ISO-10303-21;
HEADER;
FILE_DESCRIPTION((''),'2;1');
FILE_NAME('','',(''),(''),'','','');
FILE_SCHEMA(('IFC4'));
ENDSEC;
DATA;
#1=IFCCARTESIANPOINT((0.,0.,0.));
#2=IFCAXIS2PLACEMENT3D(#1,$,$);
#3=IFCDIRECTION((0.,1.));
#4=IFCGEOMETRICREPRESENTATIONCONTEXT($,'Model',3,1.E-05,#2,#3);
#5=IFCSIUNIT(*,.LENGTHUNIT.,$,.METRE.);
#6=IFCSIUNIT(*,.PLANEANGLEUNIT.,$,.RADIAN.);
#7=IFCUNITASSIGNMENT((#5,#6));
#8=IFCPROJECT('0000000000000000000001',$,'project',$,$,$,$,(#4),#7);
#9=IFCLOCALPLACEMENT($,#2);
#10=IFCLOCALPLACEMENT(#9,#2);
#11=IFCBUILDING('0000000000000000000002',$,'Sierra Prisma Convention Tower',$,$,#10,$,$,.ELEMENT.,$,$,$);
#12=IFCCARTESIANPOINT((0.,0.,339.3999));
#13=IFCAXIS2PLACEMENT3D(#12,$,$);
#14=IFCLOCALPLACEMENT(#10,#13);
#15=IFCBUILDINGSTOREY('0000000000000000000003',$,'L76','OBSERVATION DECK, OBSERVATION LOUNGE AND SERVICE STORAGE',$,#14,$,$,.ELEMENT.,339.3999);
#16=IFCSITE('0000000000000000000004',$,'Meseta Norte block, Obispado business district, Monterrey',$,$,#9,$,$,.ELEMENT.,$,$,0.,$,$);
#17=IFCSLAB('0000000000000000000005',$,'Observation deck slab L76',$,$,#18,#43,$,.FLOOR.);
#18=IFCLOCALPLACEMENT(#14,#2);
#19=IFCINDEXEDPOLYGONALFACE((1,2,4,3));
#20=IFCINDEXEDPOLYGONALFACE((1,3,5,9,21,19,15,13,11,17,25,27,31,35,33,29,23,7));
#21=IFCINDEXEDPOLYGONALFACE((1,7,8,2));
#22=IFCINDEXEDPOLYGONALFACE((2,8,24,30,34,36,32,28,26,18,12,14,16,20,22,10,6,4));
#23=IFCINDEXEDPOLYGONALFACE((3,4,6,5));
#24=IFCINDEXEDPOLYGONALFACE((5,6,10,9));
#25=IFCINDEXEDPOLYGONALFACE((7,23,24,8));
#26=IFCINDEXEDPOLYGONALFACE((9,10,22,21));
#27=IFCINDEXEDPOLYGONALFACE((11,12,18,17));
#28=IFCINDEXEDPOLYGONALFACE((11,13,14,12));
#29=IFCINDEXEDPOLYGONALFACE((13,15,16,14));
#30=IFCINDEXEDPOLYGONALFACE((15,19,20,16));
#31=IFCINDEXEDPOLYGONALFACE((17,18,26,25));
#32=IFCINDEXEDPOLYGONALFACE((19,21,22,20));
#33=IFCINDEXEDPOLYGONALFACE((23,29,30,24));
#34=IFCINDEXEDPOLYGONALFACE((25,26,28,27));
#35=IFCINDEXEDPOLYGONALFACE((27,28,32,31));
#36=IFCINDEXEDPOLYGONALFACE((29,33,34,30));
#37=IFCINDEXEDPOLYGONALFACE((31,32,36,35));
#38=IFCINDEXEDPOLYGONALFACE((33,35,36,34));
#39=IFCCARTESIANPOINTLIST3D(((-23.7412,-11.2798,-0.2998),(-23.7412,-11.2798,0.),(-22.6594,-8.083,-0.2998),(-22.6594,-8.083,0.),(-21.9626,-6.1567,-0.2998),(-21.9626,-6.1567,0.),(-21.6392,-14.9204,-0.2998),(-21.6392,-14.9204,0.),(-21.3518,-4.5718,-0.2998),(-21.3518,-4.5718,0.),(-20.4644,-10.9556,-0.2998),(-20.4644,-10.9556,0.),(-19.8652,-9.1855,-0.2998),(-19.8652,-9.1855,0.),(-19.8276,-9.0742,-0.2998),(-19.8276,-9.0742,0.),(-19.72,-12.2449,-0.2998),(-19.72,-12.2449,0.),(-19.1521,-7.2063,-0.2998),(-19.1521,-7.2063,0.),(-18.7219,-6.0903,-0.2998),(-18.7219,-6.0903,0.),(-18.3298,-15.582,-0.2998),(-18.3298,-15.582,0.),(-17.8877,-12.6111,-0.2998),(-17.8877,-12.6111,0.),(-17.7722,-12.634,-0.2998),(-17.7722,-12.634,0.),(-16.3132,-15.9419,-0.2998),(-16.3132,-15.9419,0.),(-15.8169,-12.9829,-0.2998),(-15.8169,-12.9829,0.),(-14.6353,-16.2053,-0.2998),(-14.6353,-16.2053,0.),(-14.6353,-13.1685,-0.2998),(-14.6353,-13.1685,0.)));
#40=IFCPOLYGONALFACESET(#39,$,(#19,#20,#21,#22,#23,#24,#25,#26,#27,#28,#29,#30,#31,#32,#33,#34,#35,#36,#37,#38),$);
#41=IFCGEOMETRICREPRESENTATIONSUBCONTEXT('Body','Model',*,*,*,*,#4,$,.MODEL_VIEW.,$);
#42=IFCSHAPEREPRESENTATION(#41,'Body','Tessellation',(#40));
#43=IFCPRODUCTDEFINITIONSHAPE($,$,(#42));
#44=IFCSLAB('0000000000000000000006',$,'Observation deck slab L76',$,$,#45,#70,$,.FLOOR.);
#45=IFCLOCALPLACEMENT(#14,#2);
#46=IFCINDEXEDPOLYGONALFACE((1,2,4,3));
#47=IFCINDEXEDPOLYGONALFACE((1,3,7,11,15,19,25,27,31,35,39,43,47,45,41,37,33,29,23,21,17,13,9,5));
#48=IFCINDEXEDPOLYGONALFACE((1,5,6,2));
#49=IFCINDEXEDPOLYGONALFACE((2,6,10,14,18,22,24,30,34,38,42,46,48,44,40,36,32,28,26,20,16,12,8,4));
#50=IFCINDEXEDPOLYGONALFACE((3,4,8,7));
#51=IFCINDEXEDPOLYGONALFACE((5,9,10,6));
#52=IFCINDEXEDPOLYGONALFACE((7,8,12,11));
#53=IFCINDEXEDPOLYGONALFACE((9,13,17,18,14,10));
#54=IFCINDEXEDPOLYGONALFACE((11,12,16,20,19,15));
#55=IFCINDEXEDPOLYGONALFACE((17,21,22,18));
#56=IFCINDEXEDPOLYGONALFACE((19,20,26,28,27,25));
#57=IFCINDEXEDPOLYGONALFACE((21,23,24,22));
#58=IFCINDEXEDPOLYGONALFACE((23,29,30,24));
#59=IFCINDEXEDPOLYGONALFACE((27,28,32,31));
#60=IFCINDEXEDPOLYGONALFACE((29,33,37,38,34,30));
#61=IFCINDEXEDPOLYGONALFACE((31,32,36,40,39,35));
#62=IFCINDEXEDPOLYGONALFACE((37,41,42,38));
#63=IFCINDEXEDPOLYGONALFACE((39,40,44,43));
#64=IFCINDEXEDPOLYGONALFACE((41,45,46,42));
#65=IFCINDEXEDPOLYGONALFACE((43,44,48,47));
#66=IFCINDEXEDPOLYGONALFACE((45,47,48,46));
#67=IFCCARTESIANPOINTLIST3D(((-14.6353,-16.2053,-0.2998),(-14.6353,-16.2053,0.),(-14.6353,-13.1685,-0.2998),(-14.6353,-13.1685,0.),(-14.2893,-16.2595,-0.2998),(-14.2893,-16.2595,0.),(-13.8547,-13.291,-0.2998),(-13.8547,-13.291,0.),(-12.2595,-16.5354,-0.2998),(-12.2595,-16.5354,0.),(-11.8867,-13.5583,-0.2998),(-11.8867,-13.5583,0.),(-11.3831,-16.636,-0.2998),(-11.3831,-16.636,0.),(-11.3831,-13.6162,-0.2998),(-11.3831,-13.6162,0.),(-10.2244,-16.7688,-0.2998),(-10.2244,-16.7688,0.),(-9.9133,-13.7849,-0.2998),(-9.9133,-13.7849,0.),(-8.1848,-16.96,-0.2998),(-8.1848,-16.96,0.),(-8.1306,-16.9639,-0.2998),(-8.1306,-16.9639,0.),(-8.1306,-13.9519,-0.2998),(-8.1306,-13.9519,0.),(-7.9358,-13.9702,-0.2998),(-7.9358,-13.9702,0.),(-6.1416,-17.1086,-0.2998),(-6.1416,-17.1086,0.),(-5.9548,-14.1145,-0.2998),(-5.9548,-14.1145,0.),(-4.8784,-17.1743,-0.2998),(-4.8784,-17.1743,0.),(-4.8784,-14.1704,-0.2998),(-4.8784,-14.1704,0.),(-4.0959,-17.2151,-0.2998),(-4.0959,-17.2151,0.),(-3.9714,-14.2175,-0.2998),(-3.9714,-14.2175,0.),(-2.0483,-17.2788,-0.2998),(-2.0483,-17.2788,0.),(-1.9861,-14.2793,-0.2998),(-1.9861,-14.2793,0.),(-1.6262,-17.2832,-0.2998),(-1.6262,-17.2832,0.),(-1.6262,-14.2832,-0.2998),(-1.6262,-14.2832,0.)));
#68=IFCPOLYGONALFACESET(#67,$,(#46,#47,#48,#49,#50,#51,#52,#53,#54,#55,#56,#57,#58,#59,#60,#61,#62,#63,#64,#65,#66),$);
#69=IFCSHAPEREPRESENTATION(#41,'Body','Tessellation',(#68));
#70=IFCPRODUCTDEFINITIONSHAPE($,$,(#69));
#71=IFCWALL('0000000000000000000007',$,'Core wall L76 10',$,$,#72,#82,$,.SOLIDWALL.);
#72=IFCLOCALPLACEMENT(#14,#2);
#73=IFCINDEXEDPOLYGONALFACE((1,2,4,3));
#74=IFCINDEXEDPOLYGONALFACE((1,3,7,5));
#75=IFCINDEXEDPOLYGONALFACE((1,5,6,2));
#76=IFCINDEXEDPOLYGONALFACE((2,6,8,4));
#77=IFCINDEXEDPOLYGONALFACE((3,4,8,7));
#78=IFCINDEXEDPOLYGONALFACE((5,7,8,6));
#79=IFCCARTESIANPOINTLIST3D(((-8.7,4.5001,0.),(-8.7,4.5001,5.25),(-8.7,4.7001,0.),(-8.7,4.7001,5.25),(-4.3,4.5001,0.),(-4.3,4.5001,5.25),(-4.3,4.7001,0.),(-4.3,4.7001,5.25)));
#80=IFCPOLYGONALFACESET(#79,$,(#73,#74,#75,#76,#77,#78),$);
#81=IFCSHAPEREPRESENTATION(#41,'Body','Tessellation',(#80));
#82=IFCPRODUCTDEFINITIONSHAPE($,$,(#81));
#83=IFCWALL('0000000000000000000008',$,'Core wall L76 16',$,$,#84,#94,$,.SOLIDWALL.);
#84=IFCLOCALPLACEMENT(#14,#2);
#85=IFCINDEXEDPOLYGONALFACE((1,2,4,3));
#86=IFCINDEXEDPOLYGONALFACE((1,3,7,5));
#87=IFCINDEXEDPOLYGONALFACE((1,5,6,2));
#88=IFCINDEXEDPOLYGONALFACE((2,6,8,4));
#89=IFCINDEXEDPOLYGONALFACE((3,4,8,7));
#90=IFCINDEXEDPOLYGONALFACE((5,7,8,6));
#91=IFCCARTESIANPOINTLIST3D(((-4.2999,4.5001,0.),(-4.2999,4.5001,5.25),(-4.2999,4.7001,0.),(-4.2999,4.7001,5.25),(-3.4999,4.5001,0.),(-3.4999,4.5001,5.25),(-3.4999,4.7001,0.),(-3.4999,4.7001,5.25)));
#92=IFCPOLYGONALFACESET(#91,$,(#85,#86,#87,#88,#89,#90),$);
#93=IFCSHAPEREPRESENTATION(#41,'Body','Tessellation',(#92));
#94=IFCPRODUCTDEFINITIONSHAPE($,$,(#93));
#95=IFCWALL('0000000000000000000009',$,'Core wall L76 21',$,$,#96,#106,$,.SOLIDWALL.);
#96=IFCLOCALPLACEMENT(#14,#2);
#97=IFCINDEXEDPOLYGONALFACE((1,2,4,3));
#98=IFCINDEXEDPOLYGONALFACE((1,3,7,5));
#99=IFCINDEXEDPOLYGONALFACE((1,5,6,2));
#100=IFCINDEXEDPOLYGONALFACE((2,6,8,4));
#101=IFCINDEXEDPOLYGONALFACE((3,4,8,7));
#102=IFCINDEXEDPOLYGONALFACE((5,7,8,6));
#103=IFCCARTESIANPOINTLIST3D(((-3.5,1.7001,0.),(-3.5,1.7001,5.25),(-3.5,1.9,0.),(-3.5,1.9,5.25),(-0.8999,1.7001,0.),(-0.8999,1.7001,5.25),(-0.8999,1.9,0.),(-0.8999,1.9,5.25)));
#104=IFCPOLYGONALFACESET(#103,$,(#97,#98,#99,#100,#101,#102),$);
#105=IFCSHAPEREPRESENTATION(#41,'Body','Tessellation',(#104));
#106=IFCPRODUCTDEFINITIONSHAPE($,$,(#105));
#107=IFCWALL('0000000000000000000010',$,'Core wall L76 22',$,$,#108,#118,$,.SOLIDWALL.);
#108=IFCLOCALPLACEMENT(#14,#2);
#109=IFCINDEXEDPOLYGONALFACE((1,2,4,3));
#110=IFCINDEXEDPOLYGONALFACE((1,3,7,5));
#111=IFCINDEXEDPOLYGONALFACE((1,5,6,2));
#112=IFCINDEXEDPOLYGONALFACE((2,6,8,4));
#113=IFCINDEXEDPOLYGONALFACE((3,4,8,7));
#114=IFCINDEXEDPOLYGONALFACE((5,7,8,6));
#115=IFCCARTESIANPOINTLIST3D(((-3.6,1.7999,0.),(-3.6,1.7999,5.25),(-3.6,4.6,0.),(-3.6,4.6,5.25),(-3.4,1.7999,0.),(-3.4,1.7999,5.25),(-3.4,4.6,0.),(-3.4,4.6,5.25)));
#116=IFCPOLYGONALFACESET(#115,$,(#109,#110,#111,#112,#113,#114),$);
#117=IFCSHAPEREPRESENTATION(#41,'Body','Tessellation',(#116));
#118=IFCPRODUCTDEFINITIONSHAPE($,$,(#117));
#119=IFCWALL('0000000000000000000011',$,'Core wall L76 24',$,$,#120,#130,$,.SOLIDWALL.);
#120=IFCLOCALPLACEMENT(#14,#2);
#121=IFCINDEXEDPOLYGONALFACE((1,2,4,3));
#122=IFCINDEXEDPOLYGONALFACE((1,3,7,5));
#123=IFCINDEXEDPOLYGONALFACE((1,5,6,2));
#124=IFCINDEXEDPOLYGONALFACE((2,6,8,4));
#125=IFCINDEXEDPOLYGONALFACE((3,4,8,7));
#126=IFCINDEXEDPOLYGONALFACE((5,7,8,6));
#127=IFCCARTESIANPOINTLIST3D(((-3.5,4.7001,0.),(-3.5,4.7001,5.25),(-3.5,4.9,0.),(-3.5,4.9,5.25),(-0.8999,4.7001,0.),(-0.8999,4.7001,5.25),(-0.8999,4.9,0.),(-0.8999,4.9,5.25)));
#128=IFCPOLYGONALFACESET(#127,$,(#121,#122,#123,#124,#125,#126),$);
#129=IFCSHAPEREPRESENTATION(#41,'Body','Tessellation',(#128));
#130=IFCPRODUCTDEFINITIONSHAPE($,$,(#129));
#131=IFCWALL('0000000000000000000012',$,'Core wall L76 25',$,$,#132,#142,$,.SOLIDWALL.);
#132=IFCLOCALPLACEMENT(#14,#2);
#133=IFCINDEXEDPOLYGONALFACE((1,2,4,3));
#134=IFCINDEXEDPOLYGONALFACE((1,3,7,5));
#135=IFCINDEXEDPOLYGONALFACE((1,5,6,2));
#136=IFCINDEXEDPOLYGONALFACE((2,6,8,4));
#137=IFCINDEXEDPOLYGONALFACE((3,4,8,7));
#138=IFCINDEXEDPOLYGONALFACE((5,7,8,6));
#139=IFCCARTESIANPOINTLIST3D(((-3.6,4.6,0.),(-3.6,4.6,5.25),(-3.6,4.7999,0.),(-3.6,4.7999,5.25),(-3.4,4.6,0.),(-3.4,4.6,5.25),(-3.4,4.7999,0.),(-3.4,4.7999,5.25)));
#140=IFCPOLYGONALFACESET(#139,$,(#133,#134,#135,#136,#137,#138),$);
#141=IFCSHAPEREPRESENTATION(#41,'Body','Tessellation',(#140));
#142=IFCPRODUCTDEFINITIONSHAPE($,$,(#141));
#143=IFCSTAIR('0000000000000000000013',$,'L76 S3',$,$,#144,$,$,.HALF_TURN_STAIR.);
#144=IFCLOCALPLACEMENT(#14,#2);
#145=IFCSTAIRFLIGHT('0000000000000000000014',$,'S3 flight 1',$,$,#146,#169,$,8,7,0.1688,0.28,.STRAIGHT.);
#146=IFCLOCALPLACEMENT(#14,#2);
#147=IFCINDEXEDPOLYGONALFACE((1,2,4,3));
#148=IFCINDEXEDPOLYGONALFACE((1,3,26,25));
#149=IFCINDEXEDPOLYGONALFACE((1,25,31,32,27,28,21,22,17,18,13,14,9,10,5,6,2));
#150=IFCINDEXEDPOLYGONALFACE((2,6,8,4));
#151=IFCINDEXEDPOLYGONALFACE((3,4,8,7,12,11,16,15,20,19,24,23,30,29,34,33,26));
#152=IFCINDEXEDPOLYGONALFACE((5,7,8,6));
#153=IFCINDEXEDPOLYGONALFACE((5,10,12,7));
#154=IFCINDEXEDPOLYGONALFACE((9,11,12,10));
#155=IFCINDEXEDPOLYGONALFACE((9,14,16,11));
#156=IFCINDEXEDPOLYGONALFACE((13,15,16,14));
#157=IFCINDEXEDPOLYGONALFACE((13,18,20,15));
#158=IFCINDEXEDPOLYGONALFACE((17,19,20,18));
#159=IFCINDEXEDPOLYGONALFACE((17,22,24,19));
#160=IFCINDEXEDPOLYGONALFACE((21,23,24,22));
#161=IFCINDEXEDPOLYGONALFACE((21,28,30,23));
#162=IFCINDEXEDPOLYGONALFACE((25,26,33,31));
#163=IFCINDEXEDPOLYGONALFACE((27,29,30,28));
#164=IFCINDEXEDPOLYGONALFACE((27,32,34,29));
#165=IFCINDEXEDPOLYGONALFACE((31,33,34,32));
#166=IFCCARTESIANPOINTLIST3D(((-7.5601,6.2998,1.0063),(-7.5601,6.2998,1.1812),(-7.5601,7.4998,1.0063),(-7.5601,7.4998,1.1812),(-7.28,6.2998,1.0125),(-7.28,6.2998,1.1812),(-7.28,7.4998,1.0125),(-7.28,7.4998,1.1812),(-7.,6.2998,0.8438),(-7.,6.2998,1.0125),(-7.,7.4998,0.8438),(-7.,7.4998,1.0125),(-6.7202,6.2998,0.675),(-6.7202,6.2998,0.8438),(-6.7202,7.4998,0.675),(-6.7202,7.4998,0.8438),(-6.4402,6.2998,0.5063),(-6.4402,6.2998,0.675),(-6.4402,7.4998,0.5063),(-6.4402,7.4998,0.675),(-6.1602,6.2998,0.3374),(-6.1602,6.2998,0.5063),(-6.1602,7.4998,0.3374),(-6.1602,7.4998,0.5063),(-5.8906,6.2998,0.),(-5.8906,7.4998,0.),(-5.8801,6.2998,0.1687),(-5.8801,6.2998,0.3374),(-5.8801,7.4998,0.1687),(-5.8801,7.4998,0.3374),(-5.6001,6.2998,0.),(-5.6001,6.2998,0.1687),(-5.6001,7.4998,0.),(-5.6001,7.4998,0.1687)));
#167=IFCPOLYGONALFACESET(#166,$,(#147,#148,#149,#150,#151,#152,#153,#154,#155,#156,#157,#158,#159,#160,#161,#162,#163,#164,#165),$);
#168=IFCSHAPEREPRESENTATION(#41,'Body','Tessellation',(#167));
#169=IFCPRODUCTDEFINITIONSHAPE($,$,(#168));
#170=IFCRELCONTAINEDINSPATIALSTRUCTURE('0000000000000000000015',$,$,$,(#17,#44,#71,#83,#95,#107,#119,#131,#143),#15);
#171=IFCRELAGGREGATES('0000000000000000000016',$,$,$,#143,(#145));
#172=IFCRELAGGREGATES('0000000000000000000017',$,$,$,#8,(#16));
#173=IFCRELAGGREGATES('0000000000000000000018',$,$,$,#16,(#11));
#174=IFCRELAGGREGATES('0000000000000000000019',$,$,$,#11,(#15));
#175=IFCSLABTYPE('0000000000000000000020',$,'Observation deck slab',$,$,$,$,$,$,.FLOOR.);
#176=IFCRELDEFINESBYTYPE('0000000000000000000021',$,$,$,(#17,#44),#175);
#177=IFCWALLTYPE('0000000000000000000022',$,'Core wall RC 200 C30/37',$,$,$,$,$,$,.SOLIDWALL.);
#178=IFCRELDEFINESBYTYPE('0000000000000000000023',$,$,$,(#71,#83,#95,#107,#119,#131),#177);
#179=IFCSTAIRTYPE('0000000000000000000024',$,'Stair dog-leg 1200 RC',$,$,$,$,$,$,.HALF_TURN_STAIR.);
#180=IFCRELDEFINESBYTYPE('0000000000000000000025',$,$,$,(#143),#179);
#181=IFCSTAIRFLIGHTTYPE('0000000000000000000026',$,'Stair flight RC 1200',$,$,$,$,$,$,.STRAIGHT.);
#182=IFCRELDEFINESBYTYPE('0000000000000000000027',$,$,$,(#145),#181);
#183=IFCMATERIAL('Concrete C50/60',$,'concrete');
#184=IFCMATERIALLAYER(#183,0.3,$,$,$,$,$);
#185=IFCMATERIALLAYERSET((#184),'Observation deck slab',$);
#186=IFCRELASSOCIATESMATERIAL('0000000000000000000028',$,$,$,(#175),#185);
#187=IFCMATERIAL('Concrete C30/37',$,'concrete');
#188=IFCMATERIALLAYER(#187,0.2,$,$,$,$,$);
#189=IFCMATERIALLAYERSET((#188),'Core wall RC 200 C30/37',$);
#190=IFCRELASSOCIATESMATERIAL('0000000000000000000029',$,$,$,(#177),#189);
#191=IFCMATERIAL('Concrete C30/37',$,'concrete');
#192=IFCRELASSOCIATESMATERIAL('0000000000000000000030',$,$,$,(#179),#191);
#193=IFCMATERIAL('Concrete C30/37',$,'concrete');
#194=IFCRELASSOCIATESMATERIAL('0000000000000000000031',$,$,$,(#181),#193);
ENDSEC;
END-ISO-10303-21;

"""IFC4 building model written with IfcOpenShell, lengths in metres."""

from ifc_helpers import new_model, si_unit, direction, frame, frame_2d, origin, place, context, subcontext, project, spatial, polyline, rectangle, outline, extrude, material, layer, layer_set, type_object, element, aggregate, save


model = new_model("IFC4")

# Units and contexts
model_context = context("Model", 3, precision=1e-05, world=origin(), true_north=direction((0.0, 1.0)))
body_context = subcontext(model_context, "Body", "Model", "MODEL_VIEW")
ifc_project = project(units=[si_unit("LENGTHUNIT", "METRE"), si_unit("PLANEANGLEUNIT", "RADIAN")], contexts=[model_context])

# Site, building, storey
site_placement = place(None, origin())
site = spatial("IfcSite", under=ifc_project, at=site_placement, Name="Meseta Norte block, Obispado business district, Monterrey", CompositionType="ELEMENT", RefElevation=0.0)
building_placement = place(site_placement, origin())
building = spatial("IfcBuilding", under=site, at=building_placement, Name="Sierra Prisma Convention Tower", CompositionType="ELEMENT")
storey_placement = place(building_placement, frame((0.0, 0.0, 339.3999)))
storey = spatial("IfcBuildingStorey", under=building, at=storey_placement, Name="L76", Description="OBSERVATION DECK, OBSERVATION LOUNGE AND SERVICE STORAGE", CompositionType="ELEMENT", Elevation=339.3999)

# Slabs
ifc_material_1 = material(Name="Concrete C50/60", Category="concrete")
ifc_layer_1 = layer(ifc_material_1, 0.3)
ifc_layer_set_1 = layer_set([ifc_layer_1], Name="Observation deck slab")
slab_type_1 = type_object("IfcSlabType", Name="Observation deck slab", PredefinedType="FLOOR", material=ifc_layer_set_1)
slab_1_placement = place(storey_placement, frame((0.0, 0.0, -0.2998)))
element("IfcSlab", 1, at=slab_1_placement, inside=storey, type_object=slab_type_1, Name="Observation deck slab L76", PredefinedType="FLOOR", context=body_context, shape_type="SweptSolid", body=[
    extrude(outline(polyline([(-22.6594, -8.083), (-21.9626, -6.1567), (-21.3518, -4.5718), (-18.7219, -6.0903), (-19.1521, -7.2063), (-19.8276, -9.0742), (-19.8652, -9.1855), (-20.4644, -10.9556), (-19.72, -12.2449), (-17.8877, -12.6111), (-17.7722, -12.634), (-15.8169, -12.9829), (-14.6353, -13.1685), (-14.6353, -16.2053), (-16.3132, -15.9419), (-18.3298, -15.582), (-21.6392, -14.9204), (-23.7412, -11.2798), (-22.6594, -8.083)])), origin(), (0.0, 0.0, 1.0), 0.2998),
])
slab_2_placement = place(storey_placement, frame((0.0, 0.0, -0.2998)))
element("IfcSlab", 2, at=slab_2_placement, inside=storey, type_object=slab_type_1, Name="Observation deck slab L76", PredefinedType="FLOOR", context=body_context, shape_type="SweptSolid", body=[
    extrude(outline(polyline([(-4.0959, -17.2151), (-4.8784, -17.1743), (-6.1416, -17.1086), (-8.1306, -16.9639), (-8.1848, -16.96), (-10.2244, -16.7688), (-11.3831, -16.636), (-12.2595, -16.5354), (-14.2893, -16.2595), (-14.6353, -16.2053), (-14.6353, -13.1685), (-13.8547, -13.291), (-11.8867, -13.5583), (-11.3831, -13.6162), (-9.9133, -13.7849), (-8.1306, -13.9519), (-7.9358, -13.9702), (-5.9548, -14.1145), (-4.8784, -14.1704), (-3.9714, -14.2175), (-1.9861, -14.2793), (-1.6262, -14.2832), (-1.6262, -17.2832), (-2.0483, -17.2788), (-4.0959, -17.2151)])), origin(), (0.0, 0.0, 1.0), 0.2998),
])

# Walls
ifc_material_2 = material(Name="Concrete C30/37", Category="concrete")
ifc_layer_2 = layer(ifc_material_2, 0.2)
ifc_layer_set_2 = layer_set([ifc_layer_2], Name="Core wall RC 200 C30/37")
wall_type = type_object("IfcWallType", Name="Core wall RC 200 C30/37", PredefinedType="SOLIDWALL", material=ifc_layer_set_2)
wall_1_placement = place(storey_placement, frame((-4.3, 4.6001, 0.0), z_axis=(0.0, 0.0, 1.0), x_axis=(-1.0, 0.0, 0.0)))
element("IfcWall", 3, at=wall_1_placement, inside=storey, type_object=wall_type, Name="Core wall L76 10", PredefinedType="SOLIDWALL", context=body_context, shape_type="SweptSolid", body=[
    extrude(rectangle(XDim=4.3999, YDim=0.2, at=frame_2d((2.2, 0.0))), origin(), (0.0, 0.0, 1.0), 5.25),
])
wall_2_placement = place(storey_placement, frame((-3.5, 4.6001, 0.0), z_axis=(0.0, 0.0, 1.0), x_axis=(-1.0, 0.0, 0.0)))
element("IfcWall", 4, at=wall_2_placement, inside=storey, type_object=wall_type, Name="Core wall L76 16", PredefinedType="SOLIDWALL", context=body_context, shape_type="SweptSolid", body=[
    extrude(rectangle(XDim=0.8, YDim=0.2, at=frame_2d((0.3999, 0.0))), origin(), (0.0, 0.0, 1.0), 5.25),
])

# Walls
wall_3_placement = place(storey_placement, frame((-0.8999, 1.8, 0.0), z_axis=(0.0, 0.0, 1.0), x_axis=(-1.0, 0.0, 0.0)))
element("IfcWall", 5, at=wall_3_placement, inside=storey, type_object=wall_type, Name="Core wall L76 21", PredefinedType="SOLIDWALL", context=body_context, shape_type="SweptSolid", body=[
    extrude(rectangle(XDim=2.6001, YDim=0.2, at=frame_2d((1.3, 0.0))), origin(), (0.0, 0.0, 1.0), 5.25),
])
wall_4_placement = place(storey_placement, frame((-3.5, 1.8, 0.0), z_axis=(0.0, 0.0, 1.0), x_axis=(0.0, 1.0, 0.0)))
element("IfcWall", 6, at=wall_4_placement, inside=storey, type_object=wall_type, Name="Core wall L76 22", PredefinedType="SOLIDWALL", context=body_context, shape_type="SweptSolid", body=[
    extrude(rectangle(XDim=2.8, YDim=0.2, at=frame_2d((1.3999, 0.0))), origin(), (0.0, 0.0, 1.0), 5.25),
])

# Walls
wall_5_placement = place(storey_placement, frame((-0.8999, 4.8, 0.0), z_axis=(0.0, 0.0, 1.0), x_axis=(-1.0, 0.0, 0.0)))
element("IfcWall", 7, at=wall_5_placement, inside=storey, type_object=wall_type, Name="Core wall L76 24", PredefinedType="SOLIDWALL", context=body_context, shape_type="SweptSolid", body=[
    extrude(rectangle(XDim=2.6001, YDim=0.2, at=frame_2d((1.3, 0.0))), origin(), (0.0, 0.0, 1.0), 5.25),
])
wall_6_placement = place(storey_placement, frame((-3.5, 4.8, 0.0), z_axis=(0.0, 0.0, 1.0), x_axis=(0.0, -1.0, 0.0)))
element("IfcWall", 8, at=wall_6_placement, inside=storey, type_object=wall_type, Name="Core wall L76 25", PredefinedType="SOLIDWALL", context=body_context, shape_type="SweptSolid", body=[
    extrude(rectangle(XDim=0.2, YDim=0.2, at=frame_2d((0.1001, 0.0))), origin(), (0.0, 0.0, 1.0), 5.25),
])

# Stair, stair flight
ifc_material_3 = material(Name="Concrete C30/37", Category="concrete")
stair_type = type_object("IfcStairType", Name="Stair dog-leg 1200 RC", PredefinedType="HALF_TURN_STAIR", material=ifc_material_3)
stair_placement = place(storey_placement, origin())
stair = element("IfcStair", 9, at=stair_placement, inside=storey, type_object=stair_type, Name="L76 S3", PredefinedType="HALF_TURN_STAIR")
ifc_material_4 = material(Name="Concrete C30/37", Category="concrete")
stair_flight_type = type_object("IfcStairFlightType", Name="Stair flight RC 1200", PredefinedType="STRAIGHT", material=ifc_material_4)
stair_flight_1_placement = place(storey_placement, frame((-5.6001, 6.8999, 0.0), z_axis=(0.0, 0.0, 1.0), x_axis=(-1.0, 0.0, 0.0)))
stair_flight_1 = element("IfcStairFlight", 10, at=stair_flight_1_placement, type_object=stair_flight_type, Name="S3 flight 1", NumberOfRisers=8, NumberOfTreads=7, PredefinedType="STRAIGHT", RiserHeight=0.1688, TreadLength=0.28, context=body_context, shape_type="SweptSolid", body=[
    extrude(outline(polyline([(0.0, 0.0), (0.0, 0.1687), (0.28, 0.1687), (0.28, 0.3374), (0.5601, 0.3374), (0.5601, 0.5063), (0.8401, 0.5063), (0.8401, 0.675), (1.1201, 0.675), (1.1201, 0.8438), (1.3999, 0.8438), (1.3999, 1.0125), (1.6799, 1.0125), (1.6799, 1.1812), (1.96, 1.1812), (1.96, 1.3501), (1.96, 1.0063), (0.2905, 0.0), (0.0, 0.0)])), frame((0.0, 0.6001, 0.0), z_axis=(0.0, -1.0, 0.0), x_axis=(1.0, 0.0, 0.0)), (0.0, 0.0, 1.0), 1.2),
])
aggregate(stair, [stair_flight_1])

save(model, "model.ifc")
